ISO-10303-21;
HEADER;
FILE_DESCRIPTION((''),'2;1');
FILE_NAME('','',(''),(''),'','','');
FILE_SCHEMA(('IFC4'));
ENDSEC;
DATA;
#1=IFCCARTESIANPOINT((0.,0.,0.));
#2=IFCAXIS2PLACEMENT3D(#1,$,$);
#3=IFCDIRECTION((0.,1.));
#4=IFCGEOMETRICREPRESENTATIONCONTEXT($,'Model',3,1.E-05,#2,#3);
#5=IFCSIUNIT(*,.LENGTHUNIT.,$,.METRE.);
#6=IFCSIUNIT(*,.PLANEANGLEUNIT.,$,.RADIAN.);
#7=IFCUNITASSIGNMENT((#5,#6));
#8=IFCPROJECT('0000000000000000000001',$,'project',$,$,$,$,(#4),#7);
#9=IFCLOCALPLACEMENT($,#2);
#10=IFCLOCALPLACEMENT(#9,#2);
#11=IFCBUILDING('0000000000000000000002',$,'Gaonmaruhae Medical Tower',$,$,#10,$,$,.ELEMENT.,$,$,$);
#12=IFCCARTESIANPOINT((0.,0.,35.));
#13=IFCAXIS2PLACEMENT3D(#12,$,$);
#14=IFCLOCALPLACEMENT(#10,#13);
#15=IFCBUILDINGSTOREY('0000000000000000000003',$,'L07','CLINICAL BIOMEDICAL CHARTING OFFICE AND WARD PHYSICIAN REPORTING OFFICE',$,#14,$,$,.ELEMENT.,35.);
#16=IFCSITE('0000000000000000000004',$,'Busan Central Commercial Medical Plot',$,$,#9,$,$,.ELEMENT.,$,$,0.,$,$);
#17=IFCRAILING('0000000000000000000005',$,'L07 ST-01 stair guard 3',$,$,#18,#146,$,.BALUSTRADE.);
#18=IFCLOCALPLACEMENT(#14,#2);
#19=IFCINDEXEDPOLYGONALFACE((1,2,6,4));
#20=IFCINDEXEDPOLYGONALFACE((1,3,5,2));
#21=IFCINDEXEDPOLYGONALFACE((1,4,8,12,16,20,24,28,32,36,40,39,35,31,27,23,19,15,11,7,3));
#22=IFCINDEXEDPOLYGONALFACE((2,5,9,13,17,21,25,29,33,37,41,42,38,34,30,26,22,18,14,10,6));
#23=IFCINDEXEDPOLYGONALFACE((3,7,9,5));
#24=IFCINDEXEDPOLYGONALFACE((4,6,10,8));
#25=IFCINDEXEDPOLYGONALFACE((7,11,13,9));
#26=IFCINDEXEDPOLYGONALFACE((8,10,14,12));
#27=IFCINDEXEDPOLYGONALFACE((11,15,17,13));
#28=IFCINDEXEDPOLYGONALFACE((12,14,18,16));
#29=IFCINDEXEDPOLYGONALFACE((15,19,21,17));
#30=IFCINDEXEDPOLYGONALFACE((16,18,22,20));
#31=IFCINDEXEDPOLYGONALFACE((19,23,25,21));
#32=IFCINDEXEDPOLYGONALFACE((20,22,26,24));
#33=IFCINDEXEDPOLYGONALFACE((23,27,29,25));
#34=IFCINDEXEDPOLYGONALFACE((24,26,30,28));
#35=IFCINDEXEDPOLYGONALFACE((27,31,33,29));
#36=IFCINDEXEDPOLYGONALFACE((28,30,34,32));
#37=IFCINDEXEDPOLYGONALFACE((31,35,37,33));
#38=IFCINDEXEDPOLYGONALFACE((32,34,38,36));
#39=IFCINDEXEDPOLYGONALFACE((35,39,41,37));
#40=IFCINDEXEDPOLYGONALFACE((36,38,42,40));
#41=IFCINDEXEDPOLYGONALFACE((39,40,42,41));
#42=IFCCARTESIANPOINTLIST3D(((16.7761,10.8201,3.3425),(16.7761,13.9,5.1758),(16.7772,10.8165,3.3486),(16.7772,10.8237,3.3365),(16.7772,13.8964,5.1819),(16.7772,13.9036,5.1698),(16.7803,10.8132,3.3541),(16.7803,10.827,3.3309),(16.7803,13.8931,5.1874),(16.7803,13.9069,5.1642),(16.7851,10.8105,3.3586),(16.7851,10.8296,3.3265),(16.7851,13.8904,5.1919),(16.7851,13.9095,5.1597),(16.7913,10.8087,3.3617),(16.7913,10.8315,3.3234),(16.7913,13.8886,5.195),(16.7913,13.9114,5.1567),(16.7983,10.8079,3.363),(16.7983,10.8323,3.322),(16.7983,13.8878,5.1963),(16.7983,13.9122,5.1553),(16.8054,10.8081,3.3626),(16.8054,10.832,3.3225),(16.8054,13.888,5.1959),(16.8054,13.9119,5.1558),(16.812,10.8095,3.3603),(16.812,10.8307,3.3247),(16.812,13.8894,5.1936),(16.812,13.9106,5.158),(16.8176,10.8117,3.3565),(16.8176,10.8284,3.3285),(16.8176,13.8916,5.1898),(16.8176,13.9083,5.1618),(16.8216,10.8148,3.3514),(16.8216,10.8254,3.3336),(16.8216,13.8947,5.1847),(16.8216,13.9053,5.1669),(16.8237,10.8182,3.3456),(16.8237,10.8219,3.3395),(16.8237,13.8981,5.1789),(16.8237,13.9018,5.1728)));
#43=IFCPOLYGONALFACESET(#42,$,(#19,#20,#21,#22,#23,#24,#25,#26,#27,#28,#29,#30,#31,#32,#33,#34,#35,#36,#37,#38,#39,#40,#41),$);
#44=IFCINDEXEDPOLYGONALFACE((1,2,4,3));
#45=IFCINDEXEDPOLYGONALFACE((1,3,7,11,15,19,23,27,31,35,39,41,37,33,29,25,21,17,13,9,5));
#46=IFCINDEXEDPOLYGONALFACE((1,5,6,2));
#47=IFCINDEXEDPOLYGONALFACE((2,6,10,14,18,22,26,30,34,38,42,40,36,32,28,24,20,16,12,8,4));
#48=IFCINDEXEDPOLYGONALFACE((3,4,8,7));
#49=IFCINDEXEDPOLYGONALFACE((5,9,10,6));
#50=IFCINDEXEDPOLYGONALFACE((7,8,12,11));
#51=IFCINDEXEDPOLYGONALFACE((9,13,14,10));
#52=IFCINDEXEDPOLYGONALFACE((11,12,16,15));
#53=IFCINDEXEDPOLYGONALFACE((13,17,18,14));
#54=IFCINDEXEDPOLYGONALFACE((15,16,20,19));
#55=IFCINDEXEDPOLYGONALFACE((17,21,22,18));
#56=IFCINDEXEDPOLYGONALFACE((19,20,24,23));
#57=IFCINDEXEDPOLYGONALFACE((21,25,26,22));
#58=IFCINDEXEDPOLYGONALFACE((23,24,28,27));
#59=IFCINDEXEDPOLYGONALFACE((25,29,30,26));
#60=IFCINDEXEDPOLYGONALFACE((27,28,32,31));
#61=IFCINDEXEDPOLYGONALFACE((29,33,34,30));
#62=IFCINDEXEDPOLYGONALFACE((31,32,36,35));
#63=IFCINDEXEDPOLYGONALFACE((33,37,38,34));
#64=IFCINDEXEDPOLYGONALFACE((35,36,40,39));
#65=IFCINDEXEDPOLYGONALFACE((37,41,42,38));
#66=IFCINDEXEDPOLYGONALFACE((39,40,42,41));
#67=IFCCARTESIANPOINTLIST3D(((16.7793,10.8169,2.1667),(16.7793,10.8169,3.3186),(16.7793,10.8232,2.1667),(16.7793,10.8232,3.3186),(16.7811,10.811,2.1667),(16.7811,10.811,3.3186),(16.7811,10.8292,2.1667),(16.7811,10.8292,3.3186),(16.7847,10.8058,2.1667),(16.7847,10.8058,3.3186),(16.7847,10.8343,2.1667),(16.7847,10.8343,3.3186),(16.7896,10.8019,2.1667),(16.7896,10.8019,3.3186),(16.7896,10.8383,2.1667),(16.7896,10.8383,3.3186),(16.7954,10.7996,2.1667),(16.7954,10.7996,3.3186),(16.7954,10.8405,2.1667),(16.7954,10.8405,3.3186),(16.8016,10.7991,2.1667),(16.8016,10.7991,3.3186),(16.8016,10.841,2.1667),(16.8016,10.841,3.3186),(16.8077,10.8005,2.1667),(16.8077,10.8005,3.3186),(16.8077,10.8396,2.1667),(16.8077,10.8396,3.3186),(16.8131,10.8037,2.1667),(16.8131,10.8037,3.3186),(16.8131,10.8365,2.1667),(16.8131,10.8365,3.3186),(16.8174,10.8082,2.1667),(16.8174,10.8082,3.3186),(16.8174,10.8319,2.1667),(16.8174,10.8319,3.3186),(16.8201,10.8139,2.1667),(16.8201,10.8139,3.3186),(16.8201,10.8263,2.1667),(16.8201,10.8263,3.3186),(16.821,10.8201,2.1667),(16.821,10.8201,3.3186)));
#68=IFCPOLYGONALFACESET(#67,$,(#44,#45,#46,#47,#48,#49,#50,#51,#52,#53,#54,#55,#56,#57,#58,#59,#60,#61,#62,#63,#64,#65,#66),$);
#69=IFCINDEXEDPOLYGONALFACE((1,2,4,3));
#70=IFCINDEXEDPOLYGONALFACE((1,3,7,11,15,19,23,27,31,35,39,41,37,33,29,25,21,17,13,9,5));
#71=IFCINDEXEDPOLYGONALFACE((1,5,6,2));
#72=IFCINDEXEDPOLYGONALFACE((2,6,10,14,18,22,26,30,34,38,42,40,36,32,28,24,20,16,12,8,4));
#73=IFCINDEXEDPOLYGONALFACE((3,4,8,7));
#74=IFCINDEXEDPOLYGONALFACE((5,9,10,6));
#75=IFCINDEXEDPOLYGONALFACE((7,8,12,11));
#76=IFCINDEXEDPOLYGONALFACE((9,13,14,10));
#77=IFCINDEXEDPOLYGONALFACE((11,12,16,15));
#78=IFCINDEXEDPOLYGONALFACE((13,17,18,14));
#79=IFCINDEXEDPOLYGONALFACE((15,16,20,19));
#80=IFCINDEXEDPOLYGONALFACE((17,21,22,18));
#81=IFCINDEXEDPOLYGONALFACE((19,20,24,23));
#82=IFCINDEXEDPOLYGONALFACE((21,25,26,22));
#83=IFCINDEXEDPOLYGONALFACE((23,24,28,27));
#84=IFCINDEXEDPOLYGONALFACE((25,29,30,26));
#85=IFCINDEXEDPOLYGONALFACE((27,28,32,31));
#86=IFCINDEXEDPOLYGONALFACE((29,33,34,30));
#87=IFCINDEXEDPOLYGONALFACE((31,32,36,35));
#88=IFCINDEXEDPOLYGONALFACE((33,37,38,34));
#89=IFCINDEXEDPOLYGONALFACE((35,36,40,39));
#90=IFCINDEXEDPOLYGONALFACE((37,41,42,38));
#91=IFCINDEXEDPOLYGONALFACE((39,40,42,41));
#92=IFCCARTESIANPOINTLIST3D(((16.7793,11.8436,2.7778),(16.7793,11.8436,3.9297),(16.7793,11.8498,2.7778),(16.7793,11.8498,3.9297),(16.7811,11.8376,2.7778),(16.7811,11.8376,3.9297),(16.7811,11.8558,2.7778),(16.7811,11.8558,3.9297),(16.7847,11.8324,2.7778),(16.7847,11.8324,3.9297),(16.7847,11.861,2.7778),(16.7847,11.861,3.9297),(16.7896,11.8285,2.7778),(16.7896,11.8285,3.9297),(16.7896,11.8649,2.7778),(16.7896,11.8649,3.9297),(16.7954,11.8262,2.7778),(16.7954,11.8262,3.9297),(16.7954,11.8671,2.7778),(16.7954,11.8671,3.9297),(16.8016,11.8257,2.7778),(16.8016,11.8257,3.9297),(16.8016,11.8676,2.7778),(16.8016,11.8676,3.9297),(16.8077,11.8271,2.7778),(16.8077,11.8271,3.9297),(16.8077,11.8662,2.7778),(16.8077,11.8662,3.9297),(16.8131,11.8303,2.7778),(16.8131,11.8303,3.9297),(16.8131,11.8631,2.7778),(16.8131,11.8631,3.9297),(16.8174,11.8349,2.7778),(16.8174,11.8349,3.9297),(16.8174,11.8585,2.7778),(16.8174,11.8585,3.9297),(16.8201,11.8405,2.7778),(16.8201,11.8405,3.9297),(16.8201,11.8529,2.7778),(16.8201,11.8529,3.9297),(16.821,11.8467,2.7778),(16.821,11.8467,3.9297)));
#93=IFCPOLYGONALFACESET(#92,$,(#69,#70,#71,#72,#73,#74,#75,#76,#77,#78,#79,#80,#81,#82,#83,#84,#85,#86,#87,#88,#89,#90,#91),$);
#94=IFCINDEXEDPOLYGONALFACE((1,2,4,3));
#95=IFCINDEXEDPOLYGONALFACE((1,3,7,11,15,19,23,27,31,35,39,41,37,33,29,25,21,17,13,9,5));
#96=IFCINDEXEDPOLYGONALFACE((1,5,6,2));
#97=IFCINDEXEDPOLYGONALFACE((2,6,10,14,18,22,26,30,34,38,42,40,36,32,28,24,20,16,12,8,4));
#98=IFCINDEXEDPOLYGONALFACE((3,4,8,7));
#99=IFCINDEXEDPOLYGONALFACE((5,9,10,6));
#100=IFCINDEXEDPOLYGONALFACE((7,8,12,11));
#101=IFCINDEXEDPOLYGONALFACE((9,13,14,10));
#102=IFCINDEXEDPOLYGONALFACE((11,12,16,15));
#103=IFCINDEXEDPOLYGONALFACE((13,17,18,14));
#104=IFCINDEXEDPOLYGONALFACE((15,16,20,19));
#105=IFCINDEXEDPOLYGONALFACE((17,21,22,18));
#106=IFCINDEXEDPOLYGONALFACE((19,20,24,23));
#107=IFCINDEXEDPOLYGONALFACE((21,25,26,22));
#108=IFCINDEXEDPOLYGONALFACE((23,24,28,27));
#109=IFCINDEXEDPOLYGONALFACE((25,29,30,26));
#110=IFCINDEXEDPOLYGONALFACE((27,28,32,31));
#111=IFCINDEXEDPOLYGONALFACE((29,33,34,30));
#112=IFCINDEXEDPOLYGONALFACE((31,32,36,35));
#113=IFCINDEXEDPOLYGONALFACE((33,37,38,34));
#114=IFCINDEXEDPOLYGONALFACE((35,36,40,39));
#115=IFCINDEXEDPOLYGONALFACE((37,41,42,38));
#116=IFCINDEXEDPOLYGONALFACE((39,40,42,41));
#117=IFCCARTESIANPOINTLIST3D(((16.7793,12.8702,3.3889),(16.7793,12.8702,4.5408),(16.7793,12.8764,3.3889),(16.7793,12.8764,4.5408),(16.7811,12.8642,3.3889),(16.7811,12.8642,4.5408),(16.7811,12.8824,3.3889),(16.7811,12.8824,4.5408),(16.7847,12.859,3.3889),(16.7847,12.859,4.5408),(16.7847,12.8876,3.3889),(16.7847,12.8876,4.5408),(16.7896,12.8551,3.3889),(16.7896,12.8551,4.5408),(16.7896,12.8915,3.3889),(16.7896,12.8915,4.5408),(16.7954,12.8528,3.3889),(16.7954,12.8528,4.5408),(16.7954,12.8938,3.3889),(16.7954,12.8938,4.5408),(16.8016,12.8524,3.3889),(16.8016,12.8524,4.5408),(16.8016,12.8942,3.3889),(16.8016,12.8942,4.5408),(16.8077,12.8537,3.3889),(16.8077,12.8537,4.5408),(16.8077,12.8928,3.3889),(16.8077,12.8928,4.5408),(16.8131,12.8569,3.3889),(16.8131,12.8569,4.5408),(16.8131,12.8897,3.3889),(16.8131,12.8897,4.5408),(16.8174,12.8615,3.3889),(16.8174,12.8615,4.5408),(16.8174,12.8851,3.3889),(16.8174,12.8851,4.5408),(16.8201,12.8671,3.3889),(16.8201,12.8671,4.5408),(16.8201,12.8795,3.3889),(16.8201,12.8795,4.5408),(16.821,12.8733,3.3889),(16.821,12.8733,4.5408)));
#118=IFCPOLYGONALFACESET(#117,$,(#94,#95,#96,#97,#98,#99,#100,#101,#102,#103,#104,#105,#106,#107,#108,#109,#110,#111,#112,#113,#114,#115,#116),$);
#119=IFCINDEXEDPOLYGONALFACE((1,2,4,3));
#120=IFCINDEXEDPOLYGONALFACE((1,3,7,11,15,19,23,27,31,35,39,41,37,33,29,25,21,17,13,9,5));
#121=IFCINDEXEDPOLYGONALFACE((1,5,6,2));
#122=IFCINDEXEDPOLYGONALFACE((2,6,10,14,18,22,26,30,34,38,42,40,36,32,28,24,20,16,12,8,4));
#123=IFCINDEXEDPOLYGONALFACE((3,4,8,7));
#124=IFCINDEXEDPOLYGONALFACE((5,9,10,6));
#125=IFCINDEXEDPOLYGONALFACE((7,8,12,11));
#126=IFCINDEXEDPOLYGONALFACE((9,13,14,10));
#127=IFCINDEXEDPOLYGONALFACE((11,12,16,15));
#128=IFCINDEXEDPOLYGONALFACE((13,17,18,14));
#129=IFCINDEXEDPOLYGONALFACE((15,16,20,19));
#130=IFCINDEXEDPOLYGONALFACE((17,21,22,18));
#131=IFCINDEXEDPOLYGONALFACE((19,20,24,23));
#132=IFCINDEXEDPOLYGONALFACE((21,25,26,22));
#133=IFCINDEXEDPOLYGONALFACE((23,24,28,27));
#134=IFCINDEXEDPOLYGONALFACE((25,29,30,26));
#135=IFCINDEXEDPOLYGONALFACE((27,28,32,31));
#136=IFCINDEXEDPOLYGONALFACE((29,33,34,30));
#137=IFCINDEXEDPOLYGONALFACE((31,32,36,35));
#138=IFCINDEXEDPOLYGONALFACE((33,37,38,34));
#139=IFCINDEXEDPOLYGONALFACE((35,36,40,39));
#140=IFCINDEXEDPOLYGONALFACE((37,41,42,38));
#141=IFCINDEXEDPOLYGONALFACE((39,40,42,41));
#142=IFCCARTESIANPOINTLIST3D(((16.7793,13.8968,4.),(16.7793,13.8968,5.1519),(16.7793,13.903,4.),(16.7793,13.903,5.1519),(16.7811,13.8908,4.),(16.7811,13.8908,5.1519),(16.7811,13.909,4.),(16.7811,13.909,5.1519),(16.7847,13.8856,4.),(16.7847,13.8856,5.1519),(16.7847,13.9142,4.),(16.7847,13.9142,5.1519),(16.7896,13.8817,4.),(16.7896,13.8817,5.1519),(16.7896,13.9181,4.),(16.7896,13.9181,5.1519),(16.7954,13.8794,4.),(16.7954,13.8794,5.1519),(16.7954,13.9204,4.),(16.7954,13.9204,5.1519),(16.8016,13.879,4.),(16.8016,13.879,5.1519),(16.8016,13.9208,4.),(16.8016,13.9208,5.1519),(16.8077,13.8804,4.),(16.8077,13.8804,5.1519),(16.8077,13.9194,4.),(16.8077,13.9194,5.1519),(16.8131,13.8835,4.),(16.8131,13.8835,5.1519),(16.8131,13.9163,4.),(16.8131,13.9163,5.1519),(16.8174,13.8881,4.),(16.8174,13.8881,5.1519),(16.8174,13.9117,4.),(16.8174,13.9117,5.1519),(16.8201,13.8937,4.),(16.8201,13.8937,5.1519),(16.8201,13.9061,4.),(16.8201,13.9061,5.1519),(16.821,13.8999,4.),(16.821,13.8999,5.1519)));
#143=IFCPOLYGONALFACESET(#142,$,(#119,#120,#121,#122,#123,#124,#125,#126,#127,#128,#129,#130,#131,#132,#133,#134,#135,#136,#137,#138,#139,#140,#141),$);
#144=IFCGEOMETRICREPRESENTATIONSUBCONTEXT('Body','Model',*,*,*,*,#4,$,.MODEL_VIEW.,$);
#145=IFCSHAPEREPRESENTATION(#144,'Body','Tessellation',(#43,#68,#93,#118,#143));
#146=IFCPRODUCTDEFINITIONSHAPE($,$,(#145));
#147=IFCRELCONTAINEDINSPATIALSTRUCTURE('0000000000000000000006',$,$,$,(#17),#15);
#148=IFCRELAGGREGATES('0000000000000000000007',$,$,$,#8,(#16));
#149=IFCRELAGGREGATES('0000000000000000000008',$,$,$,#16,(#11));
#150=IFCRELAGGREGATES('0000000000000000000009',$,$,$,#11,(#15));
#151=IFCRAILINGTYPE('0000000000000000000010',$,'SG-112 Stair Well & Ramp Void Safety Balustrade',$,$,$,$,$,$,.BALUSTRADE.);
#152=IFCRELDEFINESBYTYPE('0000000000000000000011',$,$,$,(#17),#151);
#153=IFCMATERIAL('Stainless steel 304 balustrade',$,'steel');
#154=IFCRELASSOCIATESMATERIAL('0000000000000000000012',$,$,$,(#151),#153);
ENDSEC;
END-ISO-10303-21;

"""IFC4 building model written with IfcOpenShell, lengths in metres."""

from ifc_helpers import new_model, si_unit, direction, frame, origin, origin_2d, place, context, subcontext, project, spatial, circle, extrude, material, type_object, element, save


model = new_model("IFC4")

# Units and contexts
model_context = context("Model", 3, precision=1e-05, world=origin(), true_north=direction((0.0, 1.0)))
body_context = subcontext(model_context, "Body", "Model", "MODEL_VIEW")
ifc_project = project(units=[si_unit("LENGTHUNIT", "METRE"), si_unit("PLANEANGLEUNIT", "RADIAN")], contexts=[model_context])

# Site, building, storey
site_placement = place(None, origin())
site = spatial("IfcSite", under=ifc_project, at=site_placement, Name="Busan Central Commercial Medical Plot", CompositionType="ELEMENT", RefElevation=0.0)
building_placement = place(site_placement, origin())
building = spatial("IfcBuilding", under=site, at=building_placement, Name="Gaonmaruhae Medical Tower", CompositionType="ELEMENT")
storey_placement = place(building_placement, frame((0.0, 0.0, 35.0)))
storey = spatial("IfcBuildingStorey", under=building, at=storey_placement, Name="L07", Description="CLINICAL BIOMEDICAL CHARTING OFFICE AND WARD PHYSICIAN REPORTING OFFICE", CompositionType="ELEMENT", Elevation=35.0)

# Railing
ifc_material_1 = material(Name="Stainless steel 304 balustrade", Category="steel")
railing_type_1 = type_object("IfcRailingType", Name="SG-112 Stair Well & Ramp Void Safety Balustrade", PredefinedType="BALUSTRADE", material=ifc_material_1)
railing_1_placement = place(storey_placement, frame((16.8, 10.8201, 2.1667)))
element("IfcRailing", 1, at=railing_1_placement, inside=storey, type_object=railing_type_1, Name="L07 ST-01 stair guard 3", PredefinedType="BALUSTRADE", context=body_context, shape_type="SweptSolid", body=[
    extrude(circle(Radius=0.0239, at=origin_2d()), frame((0.0, 0.0, 1.1758), z_axis=(0.0, 0.859291, 0.511487), x_axis=(-1.0, 0.0, 0.0)), (0.0, 0.0, 1.0), 3.5842),
    extrude(circle(Radius=0.021, at=origin_2d()), origin(), (0.0, 0.0, 1.0), 1.1519),
    extrude(circle(Radius=0.021, at=origin_2d()), frame((0.0, 1.0266, 0.6111)), (0.0, 0.0, 1.0), 1.1519),
    extrude(circle(Radius=0.021, at=origin_2d()), frame((0.0, 2.0532, 1.2222)), (0.0, 0.0, 1.0), 1.1519),
    extrude(circle(Radius=0.021, at=origin_2d()), frame((0.0, 3.0798, 1.8333)), (0.0, 0.0, 1.0), 1.1519),
])

save(model, "model.ifc")
